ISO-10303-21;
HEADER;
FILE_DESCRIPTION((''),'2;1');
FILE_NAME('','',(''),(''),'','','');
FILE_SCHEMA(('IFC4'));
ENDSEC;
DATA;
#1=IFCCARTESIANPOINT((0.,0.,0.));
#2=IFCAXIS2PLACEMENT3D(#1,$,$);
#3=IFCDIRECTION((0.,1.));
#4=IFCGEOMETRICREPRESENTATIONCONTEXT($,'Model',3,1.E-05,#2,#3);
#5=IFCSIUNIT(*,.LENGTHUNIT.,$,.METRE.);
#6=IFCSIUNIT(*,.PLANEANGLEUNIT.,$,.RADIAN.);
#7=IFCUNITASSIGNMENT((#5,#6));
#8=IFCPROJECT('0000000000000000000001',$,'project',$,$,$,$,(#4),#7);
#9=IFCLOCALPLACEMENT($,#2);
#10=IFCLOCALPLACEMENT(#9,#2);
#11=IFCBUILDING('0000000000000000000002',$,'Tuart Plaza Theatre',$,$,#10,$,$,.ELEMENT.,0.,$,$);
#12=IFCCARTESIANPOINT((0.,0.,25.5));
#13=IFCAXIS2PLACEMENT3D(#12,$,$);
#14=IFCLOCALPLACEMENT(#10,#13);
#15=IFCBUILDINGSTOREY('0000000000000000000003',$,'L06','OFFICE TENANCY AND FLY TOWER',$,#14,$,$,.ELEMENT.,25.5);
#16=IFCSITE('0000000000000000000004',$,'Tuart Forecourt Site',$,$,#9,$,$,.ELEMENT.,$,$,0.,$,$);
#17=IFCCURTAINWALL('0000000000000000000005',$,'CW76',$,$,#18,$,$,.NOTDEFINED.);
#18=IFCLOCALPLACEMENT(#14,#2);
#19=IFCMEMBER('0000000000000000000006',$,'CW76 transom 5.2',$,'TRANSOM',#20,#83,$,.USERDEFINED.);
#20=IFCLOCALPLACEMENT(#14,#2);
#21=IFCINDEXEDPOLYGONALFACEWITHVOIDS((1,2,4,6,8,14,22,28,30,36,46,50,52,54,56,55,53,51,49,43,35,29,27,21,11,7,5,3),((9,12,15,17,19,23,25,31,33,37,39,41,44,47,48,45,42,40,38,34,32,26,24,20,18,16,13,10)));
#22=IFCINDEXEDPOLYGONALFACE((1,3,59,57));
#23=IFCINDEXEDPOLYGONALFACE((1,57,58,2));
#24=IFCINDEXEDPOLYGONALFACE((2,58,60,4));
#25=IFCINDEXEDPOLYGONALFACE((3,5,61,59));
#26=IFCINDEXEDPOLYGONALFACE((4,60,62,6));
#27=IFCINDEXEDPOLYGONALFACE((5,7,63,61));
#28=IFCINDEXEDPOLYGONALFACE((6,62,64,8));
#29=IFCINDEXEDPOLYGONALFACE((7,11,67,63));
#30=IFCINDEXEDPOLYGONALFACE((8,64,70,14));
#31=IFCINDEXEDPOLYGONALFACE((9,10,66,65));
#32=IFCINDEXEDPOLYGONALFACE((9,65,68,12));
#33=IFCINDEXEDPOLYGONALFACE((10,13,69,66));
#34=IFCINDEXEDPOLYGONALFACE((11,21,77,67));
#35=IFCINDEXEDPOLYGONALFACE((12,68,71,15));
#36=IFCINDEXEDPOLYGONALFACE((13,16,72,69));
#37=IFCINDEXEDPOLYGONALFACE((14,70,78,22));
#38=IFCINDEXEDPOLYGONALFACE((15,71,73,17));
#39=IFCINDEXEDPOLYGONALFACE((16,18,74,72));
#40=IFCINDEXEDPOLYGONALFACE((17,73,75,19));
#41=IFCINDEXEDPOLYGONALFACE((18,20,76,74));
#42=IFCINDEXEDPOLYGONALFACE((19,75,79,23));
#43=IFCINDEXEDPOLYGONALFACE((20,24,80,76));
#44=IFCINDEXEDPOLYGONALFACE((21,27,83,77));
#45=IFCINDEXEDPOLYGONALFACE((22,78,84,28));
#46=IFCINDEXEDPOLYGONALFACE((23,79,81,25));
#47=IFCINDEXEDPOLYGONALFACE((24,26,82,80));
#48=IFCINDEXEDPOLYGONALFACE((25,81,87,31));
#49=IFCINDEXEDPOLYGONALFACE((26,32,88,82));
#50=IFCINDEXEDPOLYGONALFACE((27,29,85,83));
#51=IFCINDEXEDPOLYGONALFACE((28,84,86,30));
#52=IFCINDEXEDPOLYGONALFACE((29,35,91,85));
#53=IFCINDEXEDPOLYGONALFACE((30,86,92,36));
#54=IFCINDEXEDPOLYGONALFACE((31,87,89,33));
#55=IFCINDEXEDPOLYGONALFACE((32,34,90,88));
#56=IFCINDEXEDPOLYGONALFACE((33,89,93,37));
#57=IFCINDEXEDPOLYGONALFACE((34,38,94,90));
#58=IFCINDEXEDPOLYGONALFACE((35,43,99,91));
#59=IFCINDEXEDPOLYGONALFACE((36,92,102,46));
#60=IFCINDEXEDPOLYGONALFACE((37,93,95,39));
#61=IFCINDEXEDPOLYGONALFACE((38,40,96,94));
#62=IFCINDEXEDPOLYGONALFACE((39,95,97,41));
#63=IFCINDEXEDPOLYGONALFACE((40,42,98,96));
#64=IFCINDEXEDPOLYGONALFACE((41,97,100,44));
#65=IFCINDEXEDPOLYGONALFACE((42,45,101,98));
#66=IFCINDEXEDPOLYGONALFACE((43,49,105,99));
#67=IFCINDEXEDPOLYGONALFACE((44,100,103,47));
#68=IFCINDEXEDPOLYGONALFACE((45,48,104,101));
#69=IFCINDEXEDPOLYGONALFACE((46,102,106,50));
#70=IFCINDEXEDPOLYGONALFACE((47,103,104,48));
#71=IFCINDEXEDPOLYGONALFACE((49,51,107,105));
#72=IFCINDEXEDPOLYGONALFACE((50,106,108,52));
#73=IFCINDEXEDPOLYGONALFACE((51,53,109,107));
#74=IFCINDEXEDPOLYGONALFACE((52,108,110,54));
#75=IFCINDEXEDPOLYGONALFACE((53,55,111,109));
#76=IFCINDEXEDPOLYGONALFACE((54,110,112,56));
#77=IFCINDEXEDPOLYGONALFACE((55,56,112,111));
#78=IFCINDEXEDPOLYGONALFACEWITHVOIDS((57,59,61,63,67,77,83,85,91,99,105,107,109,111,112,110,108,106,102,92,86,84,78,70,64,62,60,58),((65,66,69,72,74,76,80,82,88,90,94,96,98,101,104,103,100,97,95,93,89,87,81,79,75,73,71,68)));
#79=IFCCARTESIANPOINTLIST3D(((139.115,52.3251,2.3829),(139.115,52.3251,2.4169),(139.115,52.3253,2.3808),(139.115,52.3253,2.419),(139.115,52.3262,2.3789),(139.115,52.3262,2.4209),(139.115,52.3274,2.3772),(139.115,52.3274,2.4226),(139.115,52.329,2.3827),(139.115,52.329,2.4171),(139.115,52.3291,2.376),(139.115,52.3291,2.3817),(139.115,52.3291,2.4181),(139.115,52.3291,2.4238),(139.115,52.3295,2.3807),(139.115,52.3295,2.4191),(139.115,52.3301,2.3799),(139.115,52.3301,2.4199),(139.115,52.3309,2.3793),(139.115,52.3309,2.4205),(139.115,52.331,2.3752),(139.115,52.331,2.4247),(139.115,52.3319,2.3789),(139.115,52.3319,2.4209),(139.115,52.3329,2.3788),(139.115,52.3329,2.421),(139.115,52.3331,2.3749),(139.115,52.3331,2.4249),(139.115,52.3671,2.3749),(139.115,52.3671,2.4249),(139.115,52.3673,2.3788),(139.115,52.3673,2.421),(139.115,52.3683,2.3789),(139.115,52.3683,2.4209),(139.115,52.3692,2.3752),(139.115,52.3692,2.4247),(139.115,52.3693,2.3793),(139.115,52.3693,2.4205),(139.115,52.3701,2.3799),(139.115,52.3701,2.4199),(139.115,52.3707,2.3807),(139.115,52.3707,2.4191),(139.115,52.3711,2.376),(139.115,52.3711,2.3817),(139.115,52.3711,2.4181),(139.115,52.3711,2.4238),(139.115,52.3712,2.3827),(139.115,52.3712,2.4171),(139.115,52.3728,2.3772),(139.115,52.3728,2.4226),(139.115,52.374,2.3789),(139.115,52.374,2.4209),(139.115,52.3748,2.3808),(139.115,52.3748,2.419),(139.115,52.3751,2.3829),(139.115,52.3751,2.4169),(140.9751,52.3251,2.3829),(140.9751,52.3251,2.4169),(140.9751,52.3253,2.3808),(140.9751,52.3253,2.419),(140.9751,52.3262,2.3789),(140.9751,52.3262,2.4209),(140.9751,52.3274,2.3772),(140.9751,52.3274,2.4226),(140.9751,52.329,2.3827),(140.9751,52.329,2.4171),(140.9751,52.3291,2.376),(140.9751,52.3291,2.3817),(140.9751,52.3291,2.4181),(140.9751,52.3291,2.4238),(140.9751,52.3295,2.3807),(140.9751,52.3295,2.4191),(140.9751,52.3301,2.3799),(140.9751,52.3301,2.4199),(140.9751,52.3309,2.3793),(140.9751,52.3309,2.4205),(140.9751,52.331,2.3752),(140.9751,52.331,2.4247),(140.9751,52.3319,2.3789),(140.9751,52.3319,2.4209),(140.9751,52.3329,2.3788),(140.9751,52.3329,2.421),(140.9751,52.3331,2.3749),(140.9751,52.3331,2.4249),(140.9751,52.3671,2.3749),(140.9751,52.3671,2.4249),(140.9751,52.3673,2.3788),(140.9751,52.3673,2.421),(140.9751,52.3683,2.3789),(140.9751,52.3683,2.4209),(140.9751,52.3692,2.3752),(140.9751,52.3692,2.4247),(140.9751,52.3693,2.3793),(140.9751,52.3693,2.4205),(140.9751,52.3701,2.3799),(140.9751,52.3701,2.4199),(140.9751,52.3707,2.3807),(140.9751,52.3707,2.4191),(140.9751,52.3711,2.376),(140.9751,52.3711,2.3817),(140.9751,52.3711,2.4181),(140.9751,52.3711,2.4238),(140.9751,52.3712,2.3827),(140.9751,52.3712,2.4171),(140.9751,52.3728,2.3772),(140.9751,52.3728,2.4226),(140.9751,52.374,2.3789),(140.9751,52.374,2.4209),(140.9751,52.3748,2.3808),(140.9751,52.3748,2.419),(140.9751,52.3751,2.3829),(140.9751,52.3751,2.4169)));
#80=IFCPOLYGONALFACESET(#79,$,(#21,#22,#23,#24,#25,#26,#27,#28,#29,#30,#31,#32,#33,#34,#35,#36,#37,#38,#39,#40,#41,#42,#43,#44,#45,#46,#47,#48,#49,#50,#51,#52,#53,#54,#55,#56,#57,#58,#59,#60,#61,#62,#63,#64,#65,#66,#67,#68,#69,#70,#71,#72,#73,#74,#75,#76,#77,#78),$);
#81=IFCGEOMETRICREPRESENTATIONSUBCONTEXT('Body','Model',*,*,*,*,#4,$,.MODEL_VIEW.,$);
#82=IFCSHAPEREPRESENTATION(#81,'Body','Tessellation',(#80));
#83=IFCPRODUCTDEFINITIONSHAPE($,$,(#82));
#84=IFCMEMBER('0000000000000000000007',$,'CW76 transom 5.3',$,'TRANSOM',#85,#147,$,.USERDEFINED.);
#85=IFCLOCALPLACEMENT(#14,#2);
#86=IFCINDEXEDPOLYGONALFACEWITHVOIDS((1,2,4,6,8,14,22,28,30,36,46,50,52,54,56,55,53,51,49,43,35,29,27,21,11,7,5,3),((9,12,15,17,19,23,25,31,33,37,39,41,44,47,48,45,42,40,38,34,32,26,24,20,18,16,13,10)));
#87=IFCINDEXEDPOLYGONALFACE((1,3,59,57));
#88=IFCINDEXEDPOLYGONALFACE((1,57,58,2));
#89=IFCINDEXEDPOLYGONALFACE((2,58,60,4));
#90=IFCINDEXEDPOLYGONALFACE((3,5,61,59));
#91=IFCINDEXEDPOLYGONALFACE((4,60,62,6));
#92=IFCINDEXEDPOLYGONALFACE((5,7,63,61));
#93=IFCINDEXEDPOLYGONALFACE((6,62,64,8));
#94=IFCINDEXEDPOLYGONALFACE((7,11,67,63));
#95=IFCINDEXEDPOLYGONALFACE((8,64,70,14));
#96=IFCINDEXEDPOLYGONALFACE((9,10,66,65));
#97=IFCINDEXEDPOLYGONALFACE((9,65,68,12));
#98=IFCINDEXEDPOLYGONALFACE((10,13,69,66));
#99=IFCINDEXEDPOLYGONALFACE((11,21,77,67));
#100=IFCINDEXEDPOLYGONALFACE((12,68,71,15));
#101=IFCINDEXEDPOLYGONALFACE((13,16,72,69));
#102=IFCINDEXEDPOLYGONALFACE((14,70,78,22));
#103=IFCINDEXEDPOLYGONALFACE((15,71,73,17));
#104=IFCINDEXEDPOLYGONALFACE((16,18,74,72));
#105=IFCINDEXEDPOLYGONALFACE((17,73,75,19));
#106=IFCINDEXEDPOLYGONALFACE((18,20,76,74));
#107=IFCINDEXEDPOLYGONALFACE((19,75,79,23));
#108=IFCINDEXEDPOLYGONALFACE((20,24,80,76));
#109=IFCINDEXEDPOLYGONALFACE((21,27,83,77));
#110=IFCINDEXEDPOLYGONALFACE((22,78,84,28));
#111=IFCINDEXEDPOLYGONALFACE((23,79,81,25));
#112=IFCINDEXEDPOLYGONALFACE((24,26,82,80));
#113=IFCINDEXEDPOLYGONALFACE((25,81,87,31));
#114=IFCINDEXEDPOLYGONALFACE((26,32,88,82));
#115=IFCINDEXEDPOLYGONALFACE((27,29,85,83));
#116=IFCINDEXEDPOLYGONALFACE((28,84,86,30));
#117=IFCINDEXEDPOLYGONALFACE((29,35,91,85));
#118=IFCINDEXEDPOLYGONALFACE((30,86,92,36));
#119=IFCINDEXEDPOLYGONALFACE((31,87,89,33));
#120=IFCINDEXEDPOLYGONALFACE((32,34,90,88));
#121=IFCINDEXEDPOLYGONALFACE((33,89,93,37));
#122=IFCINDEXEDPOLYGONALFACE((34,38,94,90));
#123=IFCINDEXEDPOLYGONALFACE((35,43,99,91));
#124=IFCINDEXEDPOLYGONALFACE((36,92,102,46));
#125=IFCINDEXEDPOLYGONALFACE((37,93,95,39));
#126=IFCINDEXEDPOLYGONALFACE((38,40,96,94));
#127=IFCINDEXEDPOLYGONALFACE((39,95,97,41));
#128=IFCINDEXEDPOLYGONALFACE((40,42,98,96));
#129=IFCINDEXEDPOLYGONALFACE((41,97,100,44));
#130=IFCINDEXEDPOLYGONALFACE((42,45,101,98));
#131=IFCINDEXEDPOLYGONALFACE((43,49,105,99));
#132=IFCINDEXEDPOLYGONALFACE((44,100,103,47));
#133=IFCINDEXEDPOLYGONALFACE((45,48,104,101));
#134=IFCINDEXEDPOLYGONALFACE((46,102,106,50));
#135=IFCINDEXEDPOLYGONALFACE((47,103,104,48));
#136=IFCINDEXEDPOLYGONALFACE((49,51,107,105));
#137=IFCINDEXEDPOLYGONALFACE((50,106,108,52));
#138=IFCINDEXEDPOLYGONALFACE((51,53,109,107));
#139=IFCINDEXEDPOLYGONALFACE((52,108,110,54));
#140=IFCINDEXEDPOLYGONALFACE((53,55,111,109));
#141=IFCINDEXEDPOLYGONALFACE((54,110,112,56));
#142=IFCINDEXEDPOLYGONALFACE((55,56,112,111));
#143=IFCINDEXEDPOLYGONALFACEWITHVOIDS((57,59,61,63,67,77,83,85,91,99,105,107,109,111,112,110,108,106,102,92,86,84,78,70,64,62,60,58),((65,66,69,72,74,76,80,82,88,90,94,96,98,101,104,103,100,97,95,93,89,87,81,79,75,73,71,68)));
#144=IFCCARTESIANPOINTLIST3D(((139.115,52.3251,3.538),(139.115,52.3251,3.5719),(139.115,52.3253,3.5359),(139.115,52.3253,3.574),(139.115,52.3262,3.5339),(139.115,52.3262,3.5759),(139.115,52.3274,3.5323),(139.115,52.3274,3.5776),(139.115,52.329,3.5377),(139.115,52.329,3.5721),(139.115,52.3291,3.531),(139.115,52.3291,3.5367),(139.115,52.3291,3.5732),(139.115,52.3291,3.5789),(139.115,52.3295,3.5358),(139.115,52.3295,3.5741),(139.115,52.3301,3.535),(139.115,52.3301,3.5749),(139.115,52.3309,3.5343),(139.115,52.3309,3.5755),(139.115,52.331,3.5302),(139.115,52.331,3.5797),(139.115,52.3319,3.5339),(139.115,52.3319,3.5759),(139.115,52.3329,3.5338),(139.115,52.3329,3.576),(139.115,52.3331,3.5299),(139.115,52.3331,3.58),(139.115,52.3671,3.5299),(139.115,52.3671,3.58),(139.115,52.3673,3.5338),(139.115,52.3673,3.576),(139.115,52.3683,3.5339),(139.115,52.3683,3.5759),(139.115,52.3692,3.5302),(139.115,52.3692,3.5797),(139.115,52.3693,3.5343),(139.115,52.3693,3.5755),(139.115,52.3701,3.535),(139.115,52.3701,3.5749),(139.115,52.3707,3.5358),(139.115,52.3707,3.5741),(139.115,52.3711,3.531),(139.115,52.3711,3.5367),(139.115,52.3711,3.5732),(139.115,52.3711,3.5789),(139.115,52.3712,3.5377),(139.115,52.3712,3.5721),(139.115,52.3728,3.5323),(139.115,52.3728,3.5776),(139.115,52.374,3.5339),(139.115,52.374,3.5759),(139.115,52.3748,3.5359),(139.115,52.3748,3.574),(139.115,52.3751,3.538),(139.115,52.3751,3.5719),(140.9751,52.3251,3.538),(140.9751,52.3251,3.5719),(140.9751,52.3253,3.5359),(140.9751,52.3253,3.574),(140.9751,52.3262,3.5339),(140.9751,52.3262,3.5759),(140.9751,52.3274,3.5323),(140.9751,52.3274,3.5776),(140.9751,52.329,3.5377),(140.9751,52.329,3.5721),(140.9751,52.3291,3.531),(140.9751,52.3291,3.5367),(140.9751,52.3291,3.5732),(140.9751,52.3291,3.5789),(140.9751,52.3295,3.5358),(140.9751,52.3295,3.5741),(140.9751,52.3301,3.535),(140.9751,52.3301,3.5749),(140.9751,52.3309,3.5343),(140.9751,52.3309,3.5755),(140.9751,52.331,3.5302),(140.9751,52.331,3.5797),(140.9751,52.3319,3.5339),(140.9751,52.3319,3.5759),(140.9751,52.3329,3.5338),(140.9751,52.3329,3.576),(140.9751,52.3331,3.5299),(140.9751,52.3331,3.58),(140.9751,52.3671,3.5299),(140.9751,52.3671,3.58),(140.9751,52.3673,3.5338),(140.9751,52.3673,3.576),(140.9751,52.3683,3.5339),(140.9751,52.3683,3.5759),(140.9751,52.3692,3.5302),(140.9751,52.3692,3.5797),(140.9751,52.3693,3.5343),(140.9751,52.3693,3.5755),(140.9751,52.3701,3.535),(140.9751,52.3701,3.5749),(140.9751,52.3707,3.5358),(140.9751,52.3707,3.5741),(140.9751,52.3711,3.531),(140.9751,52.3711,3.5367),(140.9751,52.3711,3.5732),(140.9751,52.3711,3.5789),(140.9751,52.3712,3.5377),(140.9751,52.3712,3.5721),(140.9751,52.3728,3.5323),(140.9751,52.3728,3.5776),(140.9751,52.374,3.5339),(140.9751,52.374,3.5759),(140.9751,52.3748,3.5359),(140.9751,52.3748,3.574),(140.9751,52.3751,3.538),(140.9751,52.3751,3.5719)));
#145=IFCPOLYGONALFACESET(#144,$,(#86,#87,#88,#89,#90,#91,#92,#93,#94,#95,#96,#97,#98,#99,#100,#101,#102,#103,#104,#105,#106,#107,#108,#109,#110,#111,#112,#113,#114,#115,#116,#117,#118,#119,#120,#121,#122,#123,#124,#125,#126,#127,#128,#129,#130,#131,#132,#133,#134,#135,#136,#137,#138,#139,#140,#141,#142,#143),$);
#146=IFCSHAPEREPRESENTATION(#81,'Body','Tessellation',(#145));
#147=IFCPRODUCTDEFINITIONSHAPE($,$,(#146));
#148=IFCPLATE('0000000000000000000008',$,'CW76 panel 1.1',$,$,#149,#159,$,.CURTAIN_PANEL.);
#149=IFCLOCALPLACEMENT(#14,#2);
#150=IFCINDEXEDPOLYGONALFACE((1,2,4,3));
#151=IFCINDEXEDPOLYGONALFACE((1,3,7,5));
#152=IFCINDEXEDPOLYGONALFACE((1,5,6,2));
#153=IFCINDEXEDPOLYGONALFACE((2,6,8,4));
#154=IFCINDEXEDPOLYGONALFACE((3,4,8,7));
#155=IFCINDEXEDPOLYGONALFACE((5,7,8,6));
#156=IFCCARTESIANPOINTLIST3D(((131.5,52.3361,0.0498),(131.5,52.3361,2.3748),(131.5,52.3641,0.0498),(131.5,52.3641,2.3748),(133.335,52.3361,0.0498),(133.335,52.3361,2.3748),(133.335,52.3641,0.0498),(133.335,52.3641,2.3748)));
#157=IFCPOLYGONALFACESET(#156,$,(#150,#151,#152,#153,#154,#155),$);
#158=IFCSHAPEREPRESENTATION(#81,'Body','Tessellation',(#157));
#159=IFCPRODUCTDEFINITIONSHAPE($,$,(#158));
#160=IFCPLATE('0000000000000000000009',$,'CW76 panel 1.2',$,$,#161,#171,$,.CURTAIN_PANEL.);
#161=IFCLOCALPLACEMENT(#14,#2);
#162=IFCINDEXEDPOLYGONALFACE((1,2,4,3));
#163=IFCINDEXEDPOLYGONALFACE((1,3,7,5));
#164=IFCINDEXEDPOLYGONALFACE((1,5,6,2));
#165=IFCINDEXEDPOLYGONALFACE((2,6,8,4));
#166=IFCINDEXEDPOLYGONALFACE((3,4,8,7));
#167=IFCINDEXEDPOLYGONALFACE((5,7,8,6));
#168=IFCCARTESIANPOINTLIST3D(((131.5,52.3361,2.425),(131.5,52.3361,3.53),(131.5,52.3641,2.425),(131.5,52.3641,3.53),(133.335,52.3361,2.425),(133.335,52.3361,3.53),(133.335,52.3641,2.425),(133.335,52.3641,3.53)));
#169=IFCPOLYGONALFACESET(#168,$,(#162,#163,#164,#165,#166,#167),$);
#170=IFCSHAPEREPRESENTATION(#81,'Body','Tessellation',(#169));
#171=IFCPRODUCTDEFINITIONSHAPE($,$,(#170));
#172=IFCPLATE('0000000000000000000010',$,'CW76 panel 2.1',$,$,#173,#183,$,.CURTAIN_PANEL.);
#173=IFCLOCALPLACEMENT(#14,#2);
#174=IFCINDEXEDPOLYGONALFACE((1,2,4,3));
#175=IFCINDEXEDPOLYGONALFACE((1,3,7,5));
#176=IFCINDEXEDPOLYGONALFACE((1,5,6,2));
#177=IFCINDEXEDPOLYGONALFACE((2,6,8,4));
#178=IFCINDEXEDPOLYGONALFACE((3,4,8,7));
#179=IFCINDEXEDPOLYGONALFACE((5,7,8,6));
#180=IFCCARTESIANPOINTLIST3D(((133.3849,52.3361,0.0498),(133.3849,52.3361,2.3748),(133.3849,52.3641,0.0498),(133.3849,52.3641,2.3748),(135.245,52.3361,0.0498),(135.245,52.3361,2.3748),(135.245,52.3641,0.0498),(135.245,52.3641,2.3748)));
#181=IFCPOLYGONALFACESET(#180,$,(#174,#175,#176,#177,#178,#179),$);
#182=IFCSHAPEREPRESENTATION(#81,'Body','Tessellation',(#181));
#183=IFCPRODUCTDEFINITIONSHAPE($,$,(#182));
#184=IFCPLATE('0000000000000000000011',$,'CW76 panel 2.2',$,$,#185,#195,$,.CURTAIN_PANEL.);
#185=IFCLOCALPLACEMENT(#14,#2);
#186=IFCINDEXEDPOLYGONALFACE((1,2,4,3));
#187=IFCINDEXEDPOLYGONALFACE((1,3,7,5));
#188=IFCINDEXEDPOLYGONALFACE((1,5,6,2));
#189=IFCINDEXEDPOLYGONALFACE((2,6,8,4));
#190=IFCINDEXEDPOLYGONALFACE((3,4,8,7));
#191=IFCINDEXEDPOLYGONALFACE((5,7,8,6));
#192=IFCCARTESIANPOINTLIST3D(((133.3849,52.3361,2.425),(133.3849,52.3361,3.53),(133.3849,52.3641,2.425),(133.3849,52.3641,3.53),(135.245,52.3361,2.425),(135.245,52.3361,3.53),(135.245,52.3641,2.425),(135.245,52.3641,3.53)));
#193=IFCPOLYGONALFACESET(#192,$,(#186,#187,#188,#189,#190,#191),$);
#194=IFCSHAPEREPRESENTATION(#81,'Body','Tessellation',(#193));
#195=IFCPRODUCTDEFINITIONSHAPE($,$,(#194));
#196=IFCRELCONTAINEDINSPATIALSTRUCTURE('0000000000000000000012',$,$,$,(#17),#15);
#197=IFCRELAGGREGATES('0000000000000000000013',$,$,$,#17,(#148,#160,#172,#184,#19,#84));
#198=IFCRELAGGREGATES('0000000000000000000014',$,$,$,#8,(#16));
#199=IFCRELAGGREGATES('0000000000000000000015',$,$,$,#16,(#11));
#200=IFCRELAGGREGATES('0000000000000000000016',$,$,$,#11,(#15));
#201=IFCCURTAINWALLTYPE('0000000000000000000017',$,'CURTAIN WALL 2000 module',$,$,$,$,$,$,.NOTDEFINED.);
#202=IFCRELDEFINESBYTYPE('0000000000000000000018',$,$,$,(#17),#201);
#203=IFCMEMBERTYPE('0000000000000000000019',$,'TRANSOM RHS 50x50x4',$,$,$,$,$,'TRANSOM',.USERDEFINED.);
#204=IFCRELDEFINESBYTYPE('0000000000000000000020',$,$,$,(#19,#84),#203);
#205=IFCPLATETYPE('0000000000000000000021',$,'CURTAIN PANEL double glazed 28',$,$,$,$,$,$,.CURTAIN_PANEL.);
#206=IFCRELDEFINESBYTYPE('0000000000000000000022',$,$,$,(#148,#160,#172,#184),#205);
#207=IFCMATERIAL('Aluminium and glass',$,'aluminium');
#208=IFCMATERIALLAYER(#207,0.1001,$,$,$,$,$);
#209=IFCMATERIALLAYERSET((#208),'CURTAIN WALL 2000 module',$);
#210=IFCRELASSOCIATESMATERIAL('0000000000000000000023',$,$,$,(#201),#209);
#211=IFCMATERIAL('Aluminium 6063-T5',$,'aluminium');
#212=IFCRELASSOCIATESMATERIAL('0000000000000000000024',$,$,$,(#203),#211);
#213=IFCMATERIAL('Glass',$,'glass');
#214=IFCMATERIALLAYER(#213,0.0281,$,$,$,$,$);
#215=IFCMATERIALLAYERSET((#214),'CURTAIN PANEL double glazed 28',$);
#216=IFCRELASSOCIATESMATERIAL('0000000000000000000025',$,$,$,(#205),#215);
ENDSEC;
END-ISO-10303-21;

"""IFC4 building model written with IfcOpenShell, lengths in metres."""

from ifc_helpers import new_model, si_unit, direction, frame, origin, origin_2d, place, context, subcontext, project, spatial, rectangle, hollow_rectangle, extrude, material, layer, layer_set, material_profile, profile_set, type_object, element, aggregate, save


model = new_model("IFC4")

# Units and contexts
model_context = context("Model", 3, precision=1e-05, world=origin(), true_north=direction((0.0, 1.0)))
body_context = subcontext(model_context, "Body", "Model", "MODEL_VIEW")
ifc_project = project(units=[si_unit("LENGTHUNIT", "METRE"), si_unit("PLANEANGLEUNIT", "RADIAN")], contexts=[model_context])

# Site, building, storey
site_placement = place(None, origin())
site = spatial("IfcSite", under=ifc_project, at=site_placement, Name="Tuart Forecourt Site", CompositionType="ELEMENT", RefElevation=0.0)
building_placement = place(site_placement, origin())
building = spatial("IfcBuilding", under=site, at=building_placement, Name="Tuart Plaza Theatre", CompositionType="ELEMENT", ElevationOfRefHeight=0.0)
storey_placement = place(building_placement, frame((0.0, 0.0, 25.5)))
storey = spatial("IfcBuildingStorey", under=building, at=storey_placement, Name="L06", Description="OFFICE TENANCY AND FLY TOWER", CompositionType="ELEMENT", Elevation=25.5)

# Curtain wall, members, plates
ifc_material_1 = material(Name="Aluminium and glass", Category="aluminium")
ifc_layer_1 = layer(ifc_material_1, 0.1001)
ifc_layer_set_1 = layer_set([ifc_layer_1], Name="CURTAIN WALL 2000 module")
curtain_wall_type = type_object("IfcCurtainWallType", Name="CURTAIN WALL 2000 module", PredefinedType="NOTDEFINED", material=ifc_layer_set_1)
curtain_wall_placement = place(storey_placement, origin())
curtain_wall = element("IfcCurtainWall", 1, at=curtain_wall_placement, inside=storey, type_object=curtain_wall_type, Name="CW76", PredefinedType="NOTDEFINED")
ifc_material_2 = material(Name="Aluminium 6063-T5", Category="aluminium")
ifc_material_profile_1 = material_profile(ifc_material_2, hollow_rectangle(XDim=0.05, YDim=0.05, WallThickness=0.0039, InnerFilletRadius=0.0039, OuterFilletRadius=0.0081, at=origin_2d()), Name="RHS 50x50x4")
ifc_profile_set_1 = profile_set([ifc_material_profile_1], Name="Aluminium 6063-T5")
member_type_1 = type_object("IfcMemberType", Name="TRANSOM RHS 50x50x4", ElementType="TRANSOM", PredefinedType="USERDEFINED", material=ifc_profile_set_1)
member_1_placement = place(storey_placement, frame((139.115, 52.3501, 2.3999), z_axis=(1.0, 0.0, 0.0), x_axis=(0.0, 1.0, 0.0)))
member_1 = element("IfcMember", 2, at=member_1_placement, type_object=member_type_1, Name="CW76 transom 5.2", ObjectType="TRANSOM", PredefinedType="USERDEFINED", context=body_context, shape_type="SweptSolid", body=[
    extrude(hollow_rectangle(XDim=0.05, YDim=0.05, WallThickness=0.0039, InnerFilletRadius=0.0039, OuterFilletRadius=0.0081, at=origin_2d()), origin(), (0.0, 0.0, 1.0), 1.8601),
])
member_2_placement = place(storey_placement, frame((139.115, 52.3501, 3.5549), z_axis=(1.0, 0.0, 0.0), x_axis=(0.0, 1.0, 0.0)))
member_2 = element("IfcMember", 3, at=member_2_placement, type_object=member_type_1, Name="CW76 transom 5.3", ObjectType="TRANSOM", PredefinedType="USERDEFINED", context=body_context, shape_type="SweptSolid", body=[
    extrude(hollow_rectangle(XDim=0.05, YDim=0.05, WallThickness=0.0039, InnerFilletRadius=0.0039, OuterFilletRadius=0.0081, at=origin_2d()), origin(), (0.0, 0.0, 1.0), 1.8601),
])
ifc_material_3 = material(Name="Glass", Category="glass")
ifc_layer_2 = layer(ifc_material_3, 0.0281)
ifc_layer_set_2 = layer_set([ifc_layer_2], Name="CURTAIN PANEL double glazed 28")
plate_type_1 = type_object("IfcPlateType", Name="CURTAIN PANEL double glazed 28", PredefinedType="CURTAIN_PANEL", material=ifc_layer_set_2)
plate_1_placement = place(storey_placement, frame((132.4175, 52.3501, 0.0498), z_axis=(0.0, 0.0, 1.0), x_axis=(1.0, 0.0, 0.0)))
plate_1 = element("IfcPlate", 4, at=plate_1_placement, type_object=plate_type_1, Name="CW76 panel 1.1", PredefinedType="CURTAIN_PANEL", context=body_context, shape_type="SweptSolid", body=[
    extrude(rectangle(XDim=1.835, YDim=0.0281, at=origin_2d()), origin(), (0.0, 0.0, 1.0), 2.325),
])
plate_2_placement = place(storey_placement, frame((132.4175, 52.3501, 2.425), z_axis=(0.0, 0.0, 1.0), x_axis=(1.0, 0.0, 0.0)))
plate_2 = element("IfcPlate", 5, at=plate_2_placement, type_object=plate_type_1, Name="CW76 panel 1.2", PredefinedType="CURTAIN_PANEL", context=body_context, shape_type="SweptSolid", body=[
    extrude(rectangle(XDim=1.835, YDim=0.0281, at=origin_2d()), origin(), (0.0, 0.0, 1.0), 1.105),
])
plate_3_placement = place(storey_placement, frame((134.3149, 52.3501, 0.0498), z_axis=(0.0, 0.0, 1.0), x_axis=(1.0, 0.0, 0.0)))
plate_3 = element("IfcPlate", 6, at=plate_3_placement, type_object=plate_type_1, Name="CW76 panel 2.1", PredefinedType="CURTAIN_PANEL", context=body_context, shape_type="SweptSolid", body=[
    extrude(rectangle(XDim=1.8601, YDim=0.0281, at=origin_2d()), origin(), (0.0, 0.0, 1.0), 2.325),
])
plate_4_placement = place(storey_placement, frame((134.3149, 52.3501, 2.425), z_axis=(0.0, 0.0, 1.0), x_axis=(1.0, 0.0, 0.0)))
plate_4 = element("IfcPlate", 7, at=plate_4_placement, type_object=plate_type_1, Name="CW76 panel 2.2", PredefinedType="CURTAIN_PANEL", context=body_context, shape_type="SweptSolid", body=[
    extrude(rectangle(XDim=1.8601, YDim=0.0281, at=origin_2d()), origin(), (0.0, 0.0, 1.0), 1.105),
])
aggregate(curtain_wall, [plate_1, plate_2, plate_3, plate_4, member_1, member_2])

save(model, "model.ifc")
